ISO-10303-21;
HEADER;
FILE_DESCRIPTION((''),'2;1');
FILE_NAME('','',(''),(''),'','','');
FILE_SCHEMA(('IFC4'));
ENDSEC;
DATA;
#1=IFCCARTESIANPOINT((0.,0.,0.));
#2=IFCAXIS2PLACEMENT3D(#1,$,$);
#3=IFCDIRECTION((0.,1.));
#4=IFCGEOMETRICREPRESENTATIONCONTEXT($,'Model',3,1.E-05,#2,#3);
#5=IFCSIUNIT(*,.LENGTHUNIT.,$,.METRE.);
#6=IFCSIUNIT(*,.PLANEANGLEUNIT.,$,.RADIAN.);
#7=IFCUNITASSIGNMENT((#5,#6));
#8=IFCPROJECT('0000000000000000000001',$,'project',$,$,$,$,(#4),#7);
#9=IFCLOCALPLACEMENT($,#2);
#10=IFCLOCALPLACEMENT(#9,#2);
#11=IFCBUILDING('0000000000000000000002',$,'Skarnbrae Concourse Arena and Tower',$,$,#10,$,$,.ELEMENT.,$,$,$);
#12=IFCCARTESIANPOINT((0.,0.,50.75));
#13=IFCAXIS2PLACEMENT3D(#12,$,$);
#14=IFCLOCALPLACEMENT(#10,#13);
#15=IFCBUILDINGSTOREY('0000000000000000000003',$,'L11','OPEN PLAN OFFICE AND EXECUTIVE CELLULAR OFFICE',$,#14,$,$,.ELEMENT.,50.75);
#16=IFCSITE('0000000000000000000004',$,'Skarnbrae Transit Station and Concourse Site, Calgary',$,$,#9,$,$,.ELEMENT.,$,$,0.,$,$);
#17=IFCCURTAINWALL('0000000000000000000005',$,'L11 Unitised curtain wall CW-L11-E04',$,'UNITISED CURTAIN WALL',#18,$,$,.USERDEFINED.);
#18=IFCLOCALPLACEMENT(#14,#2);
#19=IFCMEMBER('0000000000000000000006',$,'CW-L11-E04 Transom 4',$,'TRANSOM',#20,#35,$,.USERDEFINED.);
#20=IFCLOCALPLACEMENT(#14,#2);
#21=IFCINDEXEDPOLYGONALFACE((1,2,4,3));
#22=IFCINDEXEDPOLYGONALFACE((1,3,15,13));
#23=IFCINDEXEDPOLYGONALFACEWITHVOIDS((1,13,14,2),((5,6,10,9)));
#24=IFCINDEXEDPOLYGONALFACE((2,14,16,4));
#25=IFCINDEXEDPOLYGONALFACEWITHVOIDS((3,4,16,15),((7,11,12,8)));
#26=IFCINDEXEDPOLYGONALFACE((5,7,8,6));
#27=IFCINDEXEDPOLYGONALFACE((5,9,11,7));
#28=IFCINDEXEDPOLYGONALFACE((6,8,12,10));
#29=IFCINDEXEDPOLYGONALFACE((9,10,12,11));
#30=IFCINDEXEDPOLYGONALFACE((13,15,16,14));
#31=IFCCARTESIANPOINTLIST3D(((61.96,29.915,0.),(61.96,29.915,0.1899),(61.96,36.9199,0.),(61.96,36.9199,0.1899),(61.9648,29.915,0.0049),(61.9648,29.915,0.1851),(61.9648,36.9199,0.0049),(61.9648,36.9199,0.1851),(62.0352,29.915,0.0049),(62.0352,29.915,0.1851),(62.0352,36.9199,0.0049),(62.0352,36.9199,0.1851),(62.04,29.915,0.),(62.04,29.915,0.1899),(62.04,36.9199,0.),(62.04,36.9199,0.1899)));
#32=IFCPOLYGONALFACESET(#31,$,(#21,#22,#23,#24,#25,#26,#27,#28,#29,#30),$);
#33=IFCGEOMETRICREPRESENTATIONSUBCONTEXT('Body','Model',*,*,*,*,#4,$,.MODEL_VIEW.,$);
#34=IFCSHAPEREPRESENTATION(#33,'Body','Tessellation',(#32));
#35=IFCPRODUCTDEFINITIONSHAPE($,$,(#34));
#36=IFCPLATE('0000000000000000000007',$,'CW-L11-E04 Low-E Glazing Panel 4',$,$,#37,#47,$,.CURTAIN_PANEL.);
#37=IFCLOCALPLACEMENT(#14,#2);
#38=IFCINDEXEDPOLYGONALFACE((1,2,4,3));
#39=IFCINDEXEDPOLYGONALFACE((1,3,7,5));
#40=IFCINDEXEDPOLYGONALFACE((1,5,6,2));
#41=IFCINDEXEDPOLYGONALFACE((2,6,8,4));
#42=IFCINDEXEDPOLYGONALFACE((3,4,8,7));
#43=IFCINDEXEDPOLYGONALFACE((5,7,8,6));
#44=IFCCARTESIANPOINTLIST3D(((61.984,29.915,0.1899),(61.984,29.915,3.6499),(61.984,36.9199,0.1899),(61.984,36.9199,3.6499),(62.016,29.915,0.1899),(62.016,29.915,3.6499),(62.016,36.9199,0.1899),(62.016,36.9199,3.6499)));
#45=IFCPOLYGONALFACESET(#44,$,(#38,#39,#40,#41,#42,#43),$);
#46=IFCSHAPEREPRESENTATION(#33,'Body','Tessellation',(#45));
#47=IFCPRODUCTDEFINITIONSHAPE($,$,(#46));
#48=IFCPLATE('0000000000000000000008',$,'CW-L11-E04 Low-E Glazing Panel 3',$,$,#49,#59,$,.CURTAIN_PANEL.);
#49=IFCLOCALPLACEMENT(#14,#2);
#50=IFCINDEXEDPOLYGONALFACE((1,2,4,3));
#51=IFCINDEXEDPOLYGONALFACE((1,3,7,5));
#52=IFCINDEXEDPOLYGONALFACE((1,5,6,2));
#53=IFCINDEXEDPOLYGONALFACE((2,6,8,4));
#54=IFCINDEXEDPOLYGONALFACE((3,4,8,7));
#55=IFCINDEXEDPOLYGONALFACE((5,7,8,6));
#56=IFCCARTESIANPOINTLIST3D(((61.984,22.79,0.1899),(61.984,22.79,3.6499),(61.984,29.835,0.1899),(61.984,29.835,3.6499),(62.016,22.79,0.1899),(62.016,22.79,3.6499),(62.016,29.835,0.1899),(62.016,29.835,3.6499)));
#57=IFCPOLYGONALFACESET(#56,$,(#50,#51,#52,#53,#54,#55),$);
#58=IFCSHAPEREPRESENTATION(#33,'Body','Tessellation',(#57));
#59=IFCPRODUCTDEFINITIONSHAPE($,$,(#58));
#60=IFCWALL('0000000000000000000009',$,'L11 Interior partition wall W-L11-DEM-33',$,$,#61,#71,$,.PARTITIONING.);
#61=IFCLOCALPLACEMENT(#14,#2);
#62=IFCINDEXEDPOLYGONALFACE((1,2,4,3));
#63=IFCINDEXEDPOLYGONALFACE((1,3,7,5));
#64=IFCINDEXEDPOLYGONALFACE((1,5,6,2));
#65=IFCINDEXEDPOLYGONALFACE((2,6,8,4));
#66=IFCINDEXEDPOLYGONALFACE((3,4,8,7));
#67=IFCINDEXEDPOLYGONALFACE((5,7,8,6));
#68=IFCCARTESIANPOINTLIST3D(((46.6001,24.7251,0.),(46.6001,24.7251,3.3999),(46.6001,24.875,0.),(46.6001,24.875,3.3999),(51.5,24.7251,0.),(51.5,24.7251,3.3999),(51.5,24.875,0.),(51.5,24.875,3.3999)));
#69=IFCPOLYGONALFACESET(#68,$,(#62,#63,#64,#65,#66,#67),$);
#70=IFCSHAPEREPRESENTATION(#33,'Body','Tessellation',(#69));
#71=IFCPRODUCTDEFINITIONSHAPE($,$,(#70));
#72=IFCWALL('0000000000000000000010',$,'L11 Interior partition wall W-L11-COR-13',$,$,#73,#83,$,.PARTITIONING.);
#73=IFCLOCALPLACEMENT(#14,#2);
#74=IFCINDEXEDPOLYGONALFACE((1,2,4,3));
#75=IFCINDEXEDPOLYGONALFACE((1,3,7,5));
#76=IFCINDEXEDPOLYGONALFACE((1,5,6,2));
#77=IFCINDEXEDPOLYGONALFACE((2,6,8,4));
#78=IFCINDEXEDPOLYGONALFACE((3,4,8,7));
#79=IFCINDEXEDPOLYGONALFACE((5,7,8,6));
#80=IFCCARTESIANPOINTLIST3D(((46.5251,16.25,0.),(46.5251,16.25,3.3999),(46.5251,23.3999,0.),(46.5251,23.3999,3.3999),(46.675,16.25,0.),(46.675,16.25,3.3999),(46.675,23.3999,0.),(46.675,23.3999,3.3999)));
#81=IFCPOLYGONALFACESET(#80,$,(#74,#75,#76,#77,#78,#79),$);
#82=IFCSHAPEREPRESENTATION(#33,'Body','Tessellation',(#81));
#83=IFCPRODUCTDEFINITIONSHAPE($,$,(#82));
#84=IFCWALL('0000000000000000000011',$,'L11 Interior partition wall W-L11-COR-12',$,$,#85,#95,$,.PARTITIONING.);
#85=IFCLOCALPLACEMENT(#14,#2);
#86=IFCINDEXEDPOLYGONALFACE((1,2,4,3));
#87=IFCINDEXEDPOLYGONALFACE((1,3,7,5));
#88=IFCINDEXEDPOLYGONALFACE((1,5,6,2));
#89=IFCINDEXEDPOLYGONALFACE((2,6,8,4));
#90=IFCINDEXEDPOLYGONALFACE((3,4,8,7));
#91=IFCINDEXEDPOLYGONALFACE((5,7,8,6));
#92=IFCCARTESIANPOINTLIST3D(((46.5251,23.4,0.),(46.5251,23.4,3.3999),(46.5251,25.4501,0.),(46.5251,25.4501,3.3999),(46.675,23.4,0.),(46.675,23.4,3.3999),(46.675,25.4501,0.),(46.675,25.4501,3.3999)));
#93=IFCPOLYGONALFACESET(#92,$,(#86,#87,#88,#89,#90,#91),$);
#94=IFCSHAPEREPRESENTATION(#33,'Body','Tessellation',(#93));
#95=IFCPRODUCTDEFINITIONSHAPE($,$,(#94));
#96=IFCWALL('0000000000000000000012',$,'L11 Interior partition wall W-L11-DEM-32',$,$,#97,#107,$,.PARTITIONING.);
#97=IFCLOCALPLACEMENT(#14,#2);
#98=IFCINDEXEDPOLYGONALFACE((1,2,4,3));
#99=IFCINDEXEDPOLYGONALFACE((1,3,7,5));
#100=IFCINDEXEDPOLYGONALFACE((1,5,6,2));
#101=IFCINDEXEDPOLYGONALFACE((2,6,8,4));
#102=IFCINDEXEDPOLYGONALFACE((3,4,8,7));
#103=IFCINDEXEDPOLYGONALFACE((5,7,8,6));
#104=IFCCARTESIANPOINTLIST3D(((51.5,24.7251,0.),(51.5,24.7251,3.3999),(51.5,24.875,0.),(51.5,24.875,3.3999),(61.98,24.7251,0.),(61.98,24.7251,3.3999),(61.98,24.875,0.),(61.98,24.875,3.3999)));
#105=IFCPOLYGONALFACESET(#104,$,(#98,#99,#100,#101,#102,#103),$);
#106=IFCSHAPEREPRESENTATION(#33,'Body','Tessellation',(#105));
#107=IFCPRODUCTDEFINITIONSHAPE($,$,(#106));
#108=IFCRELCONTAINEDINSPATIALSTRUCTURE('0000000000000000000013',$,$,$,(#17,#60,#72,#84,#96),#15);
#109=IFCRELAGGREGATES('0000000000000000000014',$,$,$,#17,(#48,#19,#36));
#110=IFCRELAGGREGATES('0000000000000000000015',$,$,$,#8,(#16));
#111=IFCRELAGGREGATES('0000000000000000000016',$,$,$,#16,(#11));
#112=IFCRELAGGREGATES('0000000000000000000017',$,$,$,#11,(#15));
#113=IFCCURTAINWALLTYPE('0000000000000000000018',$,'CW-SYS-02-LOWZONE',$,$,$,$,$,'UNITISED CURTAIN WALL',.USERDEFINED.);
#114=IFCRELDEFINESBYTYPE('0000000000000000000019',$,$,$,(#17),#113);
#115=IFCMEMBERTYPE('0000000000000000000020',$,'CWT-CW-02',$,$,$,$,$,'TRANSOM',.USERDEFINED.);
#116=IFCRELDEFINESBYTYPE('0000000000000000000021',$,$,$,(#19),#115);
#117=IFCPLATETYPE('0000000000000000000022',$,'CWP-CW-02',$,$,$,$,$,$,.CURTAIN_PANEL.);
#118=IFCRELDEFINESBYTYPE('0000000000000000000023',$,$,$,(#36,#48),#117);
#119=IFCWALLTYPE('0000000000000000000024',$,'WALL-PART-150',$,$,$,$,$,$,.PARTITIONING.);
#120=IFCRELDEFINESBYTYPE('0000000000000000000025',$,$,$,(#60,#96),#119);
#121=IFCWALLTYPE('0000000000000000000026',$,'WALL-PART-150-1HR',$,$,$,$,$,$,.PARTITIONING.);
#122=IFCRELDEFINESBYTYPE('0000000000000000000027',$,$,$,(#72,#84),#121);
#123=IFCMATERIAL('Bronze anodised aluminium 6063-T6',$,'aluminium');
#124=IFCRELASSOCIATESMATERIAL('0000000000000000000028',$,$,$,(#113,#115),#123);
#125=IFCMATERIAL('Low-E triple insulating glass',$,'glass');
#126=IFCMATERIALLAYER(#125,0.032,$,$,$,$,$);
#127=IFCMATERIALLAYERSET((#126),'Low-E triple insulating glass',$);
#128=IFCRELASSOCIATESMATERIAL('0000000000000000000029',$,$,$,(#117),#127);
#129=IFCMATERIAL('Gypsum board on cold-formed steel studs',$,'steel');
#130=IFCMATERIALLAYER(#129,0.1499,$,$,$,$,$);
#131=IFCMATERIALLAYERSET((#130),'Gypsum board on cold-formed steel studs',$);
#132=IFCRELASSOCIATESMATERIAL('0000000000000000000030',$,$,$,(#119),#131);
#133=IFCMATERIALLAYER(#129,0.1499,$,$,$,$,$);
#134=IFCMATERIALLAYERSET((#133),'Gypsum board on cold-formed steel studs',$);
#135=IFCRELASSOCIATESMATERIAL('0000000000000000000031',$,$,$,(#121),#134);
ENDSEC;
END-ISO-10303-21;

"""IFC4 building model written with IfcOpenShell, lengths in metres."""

from ifc_helpers import new_model, si_unit, direction, frame, frame_2d, origin, origin_2d, place, context, subcontext, project, spatial, rectangle, hollow_rectangle, extrude, source, transform, mapped, material, layer, layer_set, material_profile, profile_set, type_object, element, aggregate, save


model = new_model("IFC4")

# Units and contexts
model_context = context("Model", 3, precision=1e-05, world=origin(), true_north=direction((0.0, 1.0)))
body_context = subcontext(model_context, "Body", "Model", "MODEL_VIEW")
ifc_project = project(units=[si_unit("LENGTHUNIT", "METRE"), si_unit("PLANEANGLEUNIT", "RADIAN")], contexts=[model_context])

# Site, building, storey
site_placement = place(None, origin())
site = spatial("IfcSite", under=ifc_project, at=site_placement, Name="Skarnbrae Transit Station and Concourse Site, Calgary", CompositionType="ELEMENT", RefElevation=0.0)
building_placement = place(site_placement, origin())
building = spatial("IfcBuilding", under=site, at=building_placement, Name="Skarnbrae Concourse Arena and Tower", CompositionType="ELEMENT")
storey_placement = place(building_placement, frame((0.0, 0.0, 50.75)))
storey = spatial("IfcBuildingStorey", under=building, at=storey_placement, Name="L11", Description="OPEN PLAN OFFICE AND EXECUTIVE CELLULAR OFFICE", CompositionType="ELEMENT", Elevation=50.75)

# Curtain wall, member, plates
ifc_material_1 = material(Name="Bronze anodised aluminium 6063-T6", Category="aluminium")
curtain_wall_type = type_object("IfcCurtainWallType", Name="CW-SYS-02-LOWZONE", ElementType="UNITISED CURTAIN WALL", PredefinedType="USERDEFINED", material=ifc_material_1)
curtain_wall_placement = place(storey_placement, origin())
curtain_wall = element("IfcCurtainWall", 1, at=curtain_wall_placement, inside=storey, type_object=curtain_wall_type, Name="L11 Unitised curtain wall CW-L11-E04", ObjectType="UNITISED CURTAIN WALL", PredefinedType="USERDEFINED")
ifc_material_profile_1 = material_profile(ifc_material_1, hollow_rectangle(XDim=0.0801, YDim=0.1899, WallThickness=0.0049, at=origin_2d()), Name="ALU-TRAN-80X190")
ifc_profile_set_1 = profile_set([ifc_material_profile_1], Name="Bronze anodised aluminium 6063-T6")
member_type_1 = type_object("IfcMemberType", Name="CWT-CW-02", ElementType="TRANSOM", PredefinedType="USERDEFINED", material=ifc_profile_set_1)
shared_shape_1 = source(origin(), body_context, "Body", "SweptSolid", [
    extrude(hollow_rectangle(XDim=0.0801, YDim=0.1899, WallThickness=0.0049, at=origin_2d()), origin(), (0.0, 0.0, 1.0), 7.0049),
])
member_1_placement = place(storey_placement, frame((62.0, 29.915, 0.095), z_axis=(0.0, 1.0, 0.0), x_axis=(-1.0, 0.0, 0.0)))
member_1 = element("IfcMember", 2, at=member_1_placement, type_object=member_type_1, Name="CW-L11-E04 Transom 4", ObjectType="TRANSOM", PredefinedType="USERDEFINED", context=body_context, shape_type="MappedRepresentation", body=[
    mapped(shared_shape_1, transform((0.0, 0.0, 0.0))),
])
ifc_material_2 = material(Name="Low-E triple insulating glass", Category="glass")
ifc_layer_1 = layer(ifc_material_2, 0.032)
ifc_layer_set_1 = layer_set([ifc_layer_1], Name="Low-E triple insulating glass")
plate_type = type_object("IfcPlateType", Name="CWP-CW-02", PredefinedType="CURTAIN_PANEL", material=ifc_layer_set_1)
shared_shape_2 = source(origin(), body_context, "Body", "SweptSolid", [
    extrude(rectangle(XDim=7.0049, YDim=0.032, at=origin_2d()), origin(), (0.0, 0.0, 1.0), 3.46),
])
plate_1_placement = place(storey_placement, frame((62.0, 33.4175, 0.1899), z_axis=(0.0, 0.0, 1.0), x_axis=(0.0, 1.0, 0.0)))
plate_1 = element("IfcPlate", 3, at=plate_1_placement, type_object=plate_type, Name="CW-L11-E04 Low-E Glazing Panel 4", PredefinedType="CURTAIN_PANEL", context=body_context, shape_type="MappedRepresentation", body=[
    mapped(shared_shape_2, transform((0.0, 0.0, 0.0))),
])
shared_shape_3 = source(origin(), body_context, "Body", "SweptSolid", [
    extrude(rectangle(XDim=7.0449, YDim=0.032, at=origin_2d()), origin(), (0.0, 0.0, 1.0), 3.46),
])
plate_2_placement = place(storey_placement, frame((62.0, 26.3125, 0.1899), z_axis=(0.0, 0.0, 1.0), x_axis=(0.0, 1.0, 0.0)))
plate_2 = element("IfcPlate", 4, at=plate_2_placement, type_object=plate_type, Name="CW-L11-E04 Low-E Glazing Panel 3", PredefinedType="CURTAIN_PANEL", context=body_context, shape_type="MappedRepresentation", body=[
    mapped(shared_shape_3, transform((0.0, 0.0, 0.0))),
])
aggregate(curtain_wall, [plate_2, member_1, plate_1])

# Walls
ifc_material_3 = material(Name="Gypsum board on cold-formed steel studs", Category="steel")
ifc_layer_2 = layer(ifc_material_3, 0.1499)
ifc_layer_set_2 = layer_set([ifc_layer_2], Name="Gypsum board on cold-formed steel studs")
wall_type_1 = type_object("IfcWallType", Name="WALL-PART-150", PredefinedType="PARTITIONING", material=ifc_layer_set_2)
shared_shape_4 = source(origin(), body_context, "Body", "SweptSolid", [
    extrude(rectangle(XDim=4.8999, YDim=0.1499, at=frame_2d((2.45, 0.0))), origin(), (0.0, 0.0, 1.0), 3.3999),
])
wall_1_placement = place(storey_placement, frame((51.5, 24.8, 0.0), z_axis=(0.0, 0.0, 1.0), x_axis=(-1.0, 0.0, 0.0)))
element("IfcWall", 5, at=wall_1_placement, inside=storey, type_object=wall_type_1, Name="L11 Interior partition wall W-L11-DEM-33", PredefinedType="PARTITIONING", context=body_context, shape_type="MappedRepresentation", body=[
    mapped(shared_shape_4, transform((0.0, 0.0, 0.0))),
])
ifc_layer_3 = layer(ifc_material_3, 0.1499)
ifc_layer_set_3 = layer_set([ifc_layer_3], Name="Gypsum board on cold-formed steel studs")
wall_type_2 = type_object("IfcWallType", Name="WALL-PART-150-1HR", PredefinedType="PARTITIONING", material=ifc_layer_set_3)
shared_shape_5 = source(origin(), body_context, "Body", "SweptSolid", [
    extrude(rectangle(XDim=7.1499, YDim=0.1499, at=frame_2d((3.575, 0.0))), origin(), (0.0, 0.0, 1.0), 3.3999),
])
wall_2_placement = place(storey_placement, frame((46.6001, 23.3999, 0.0), z_axis=(0.0, 0.0, 1.0), x_axis=(0.0, -1.0, 0.0)))
element("IfcWall", 6, at=wall_2_placement, inside=storey, type_object=wall_type_2, Name="L11 Interior partition wall W-L11-COR-13", PredefinedType="PARTITIONING", context=body_context, shape_type="MappedRepresentation", body=[
    mapped(shared_shape_5, transform((0.0, 0.0, 0.0))),
])
shared_shape_6 = source(origin(), body_context, "Body", "SweptSolid", [
    extrude(rectangle(XDim=2.05, YDim=0.1499, at=frame_2d((1.0249, 0.0))), origin(), (0.0, 0.0, 1.0), 3.3999),
])
wall_3_placement = place(storey_placement, frame((46.6001, 25.45, 0.0), z_axis=(0.0, 0.0, 1.0), x_axis=(0.0, -1.0, 0.0)))
element("IfcWall", 7, at=wall_3_placement, inside=storey, type_object=wall_type_2, Name="L11 Interior partition wall W-L11-COR-12", PredefinedType="PARTITIONING", context=body_context, shape_type="MappedRepresentation", body=[
    mapped(shared_shape_6, transform((0.0, 0.0, 0.0))),
])
shared_shape_7 = source(origin(), body_context, "Body", "SweptSolid", [
    extrude(rectangle(XDim=10.48, YDim=0.1499, at=frame_2d((5.24, 0.0))), origin(), (0.0, 0.0, 1.0), 3.3999),
])
wall_4_placement = place(storey_placement, frame((61.98, 24.8, 0.0), z_axis=(0.0, 0.0, 1.0), x_axis=(-1.0, 0.0, 0.0)))
element("IfcWall", 8, at=wall_4_placement, inside=storey, type_object=wall_type_1, Name="L11 Interior partition wall W-L11-DEM-32", PredefinedType="PARTITIONING", context=body_context, shape_type="MappedRepresentation", body=[
    mapped(shared_shape_7, transform((0.0, 0.0, 0.0))),
])

save(model, "model.ifc")
